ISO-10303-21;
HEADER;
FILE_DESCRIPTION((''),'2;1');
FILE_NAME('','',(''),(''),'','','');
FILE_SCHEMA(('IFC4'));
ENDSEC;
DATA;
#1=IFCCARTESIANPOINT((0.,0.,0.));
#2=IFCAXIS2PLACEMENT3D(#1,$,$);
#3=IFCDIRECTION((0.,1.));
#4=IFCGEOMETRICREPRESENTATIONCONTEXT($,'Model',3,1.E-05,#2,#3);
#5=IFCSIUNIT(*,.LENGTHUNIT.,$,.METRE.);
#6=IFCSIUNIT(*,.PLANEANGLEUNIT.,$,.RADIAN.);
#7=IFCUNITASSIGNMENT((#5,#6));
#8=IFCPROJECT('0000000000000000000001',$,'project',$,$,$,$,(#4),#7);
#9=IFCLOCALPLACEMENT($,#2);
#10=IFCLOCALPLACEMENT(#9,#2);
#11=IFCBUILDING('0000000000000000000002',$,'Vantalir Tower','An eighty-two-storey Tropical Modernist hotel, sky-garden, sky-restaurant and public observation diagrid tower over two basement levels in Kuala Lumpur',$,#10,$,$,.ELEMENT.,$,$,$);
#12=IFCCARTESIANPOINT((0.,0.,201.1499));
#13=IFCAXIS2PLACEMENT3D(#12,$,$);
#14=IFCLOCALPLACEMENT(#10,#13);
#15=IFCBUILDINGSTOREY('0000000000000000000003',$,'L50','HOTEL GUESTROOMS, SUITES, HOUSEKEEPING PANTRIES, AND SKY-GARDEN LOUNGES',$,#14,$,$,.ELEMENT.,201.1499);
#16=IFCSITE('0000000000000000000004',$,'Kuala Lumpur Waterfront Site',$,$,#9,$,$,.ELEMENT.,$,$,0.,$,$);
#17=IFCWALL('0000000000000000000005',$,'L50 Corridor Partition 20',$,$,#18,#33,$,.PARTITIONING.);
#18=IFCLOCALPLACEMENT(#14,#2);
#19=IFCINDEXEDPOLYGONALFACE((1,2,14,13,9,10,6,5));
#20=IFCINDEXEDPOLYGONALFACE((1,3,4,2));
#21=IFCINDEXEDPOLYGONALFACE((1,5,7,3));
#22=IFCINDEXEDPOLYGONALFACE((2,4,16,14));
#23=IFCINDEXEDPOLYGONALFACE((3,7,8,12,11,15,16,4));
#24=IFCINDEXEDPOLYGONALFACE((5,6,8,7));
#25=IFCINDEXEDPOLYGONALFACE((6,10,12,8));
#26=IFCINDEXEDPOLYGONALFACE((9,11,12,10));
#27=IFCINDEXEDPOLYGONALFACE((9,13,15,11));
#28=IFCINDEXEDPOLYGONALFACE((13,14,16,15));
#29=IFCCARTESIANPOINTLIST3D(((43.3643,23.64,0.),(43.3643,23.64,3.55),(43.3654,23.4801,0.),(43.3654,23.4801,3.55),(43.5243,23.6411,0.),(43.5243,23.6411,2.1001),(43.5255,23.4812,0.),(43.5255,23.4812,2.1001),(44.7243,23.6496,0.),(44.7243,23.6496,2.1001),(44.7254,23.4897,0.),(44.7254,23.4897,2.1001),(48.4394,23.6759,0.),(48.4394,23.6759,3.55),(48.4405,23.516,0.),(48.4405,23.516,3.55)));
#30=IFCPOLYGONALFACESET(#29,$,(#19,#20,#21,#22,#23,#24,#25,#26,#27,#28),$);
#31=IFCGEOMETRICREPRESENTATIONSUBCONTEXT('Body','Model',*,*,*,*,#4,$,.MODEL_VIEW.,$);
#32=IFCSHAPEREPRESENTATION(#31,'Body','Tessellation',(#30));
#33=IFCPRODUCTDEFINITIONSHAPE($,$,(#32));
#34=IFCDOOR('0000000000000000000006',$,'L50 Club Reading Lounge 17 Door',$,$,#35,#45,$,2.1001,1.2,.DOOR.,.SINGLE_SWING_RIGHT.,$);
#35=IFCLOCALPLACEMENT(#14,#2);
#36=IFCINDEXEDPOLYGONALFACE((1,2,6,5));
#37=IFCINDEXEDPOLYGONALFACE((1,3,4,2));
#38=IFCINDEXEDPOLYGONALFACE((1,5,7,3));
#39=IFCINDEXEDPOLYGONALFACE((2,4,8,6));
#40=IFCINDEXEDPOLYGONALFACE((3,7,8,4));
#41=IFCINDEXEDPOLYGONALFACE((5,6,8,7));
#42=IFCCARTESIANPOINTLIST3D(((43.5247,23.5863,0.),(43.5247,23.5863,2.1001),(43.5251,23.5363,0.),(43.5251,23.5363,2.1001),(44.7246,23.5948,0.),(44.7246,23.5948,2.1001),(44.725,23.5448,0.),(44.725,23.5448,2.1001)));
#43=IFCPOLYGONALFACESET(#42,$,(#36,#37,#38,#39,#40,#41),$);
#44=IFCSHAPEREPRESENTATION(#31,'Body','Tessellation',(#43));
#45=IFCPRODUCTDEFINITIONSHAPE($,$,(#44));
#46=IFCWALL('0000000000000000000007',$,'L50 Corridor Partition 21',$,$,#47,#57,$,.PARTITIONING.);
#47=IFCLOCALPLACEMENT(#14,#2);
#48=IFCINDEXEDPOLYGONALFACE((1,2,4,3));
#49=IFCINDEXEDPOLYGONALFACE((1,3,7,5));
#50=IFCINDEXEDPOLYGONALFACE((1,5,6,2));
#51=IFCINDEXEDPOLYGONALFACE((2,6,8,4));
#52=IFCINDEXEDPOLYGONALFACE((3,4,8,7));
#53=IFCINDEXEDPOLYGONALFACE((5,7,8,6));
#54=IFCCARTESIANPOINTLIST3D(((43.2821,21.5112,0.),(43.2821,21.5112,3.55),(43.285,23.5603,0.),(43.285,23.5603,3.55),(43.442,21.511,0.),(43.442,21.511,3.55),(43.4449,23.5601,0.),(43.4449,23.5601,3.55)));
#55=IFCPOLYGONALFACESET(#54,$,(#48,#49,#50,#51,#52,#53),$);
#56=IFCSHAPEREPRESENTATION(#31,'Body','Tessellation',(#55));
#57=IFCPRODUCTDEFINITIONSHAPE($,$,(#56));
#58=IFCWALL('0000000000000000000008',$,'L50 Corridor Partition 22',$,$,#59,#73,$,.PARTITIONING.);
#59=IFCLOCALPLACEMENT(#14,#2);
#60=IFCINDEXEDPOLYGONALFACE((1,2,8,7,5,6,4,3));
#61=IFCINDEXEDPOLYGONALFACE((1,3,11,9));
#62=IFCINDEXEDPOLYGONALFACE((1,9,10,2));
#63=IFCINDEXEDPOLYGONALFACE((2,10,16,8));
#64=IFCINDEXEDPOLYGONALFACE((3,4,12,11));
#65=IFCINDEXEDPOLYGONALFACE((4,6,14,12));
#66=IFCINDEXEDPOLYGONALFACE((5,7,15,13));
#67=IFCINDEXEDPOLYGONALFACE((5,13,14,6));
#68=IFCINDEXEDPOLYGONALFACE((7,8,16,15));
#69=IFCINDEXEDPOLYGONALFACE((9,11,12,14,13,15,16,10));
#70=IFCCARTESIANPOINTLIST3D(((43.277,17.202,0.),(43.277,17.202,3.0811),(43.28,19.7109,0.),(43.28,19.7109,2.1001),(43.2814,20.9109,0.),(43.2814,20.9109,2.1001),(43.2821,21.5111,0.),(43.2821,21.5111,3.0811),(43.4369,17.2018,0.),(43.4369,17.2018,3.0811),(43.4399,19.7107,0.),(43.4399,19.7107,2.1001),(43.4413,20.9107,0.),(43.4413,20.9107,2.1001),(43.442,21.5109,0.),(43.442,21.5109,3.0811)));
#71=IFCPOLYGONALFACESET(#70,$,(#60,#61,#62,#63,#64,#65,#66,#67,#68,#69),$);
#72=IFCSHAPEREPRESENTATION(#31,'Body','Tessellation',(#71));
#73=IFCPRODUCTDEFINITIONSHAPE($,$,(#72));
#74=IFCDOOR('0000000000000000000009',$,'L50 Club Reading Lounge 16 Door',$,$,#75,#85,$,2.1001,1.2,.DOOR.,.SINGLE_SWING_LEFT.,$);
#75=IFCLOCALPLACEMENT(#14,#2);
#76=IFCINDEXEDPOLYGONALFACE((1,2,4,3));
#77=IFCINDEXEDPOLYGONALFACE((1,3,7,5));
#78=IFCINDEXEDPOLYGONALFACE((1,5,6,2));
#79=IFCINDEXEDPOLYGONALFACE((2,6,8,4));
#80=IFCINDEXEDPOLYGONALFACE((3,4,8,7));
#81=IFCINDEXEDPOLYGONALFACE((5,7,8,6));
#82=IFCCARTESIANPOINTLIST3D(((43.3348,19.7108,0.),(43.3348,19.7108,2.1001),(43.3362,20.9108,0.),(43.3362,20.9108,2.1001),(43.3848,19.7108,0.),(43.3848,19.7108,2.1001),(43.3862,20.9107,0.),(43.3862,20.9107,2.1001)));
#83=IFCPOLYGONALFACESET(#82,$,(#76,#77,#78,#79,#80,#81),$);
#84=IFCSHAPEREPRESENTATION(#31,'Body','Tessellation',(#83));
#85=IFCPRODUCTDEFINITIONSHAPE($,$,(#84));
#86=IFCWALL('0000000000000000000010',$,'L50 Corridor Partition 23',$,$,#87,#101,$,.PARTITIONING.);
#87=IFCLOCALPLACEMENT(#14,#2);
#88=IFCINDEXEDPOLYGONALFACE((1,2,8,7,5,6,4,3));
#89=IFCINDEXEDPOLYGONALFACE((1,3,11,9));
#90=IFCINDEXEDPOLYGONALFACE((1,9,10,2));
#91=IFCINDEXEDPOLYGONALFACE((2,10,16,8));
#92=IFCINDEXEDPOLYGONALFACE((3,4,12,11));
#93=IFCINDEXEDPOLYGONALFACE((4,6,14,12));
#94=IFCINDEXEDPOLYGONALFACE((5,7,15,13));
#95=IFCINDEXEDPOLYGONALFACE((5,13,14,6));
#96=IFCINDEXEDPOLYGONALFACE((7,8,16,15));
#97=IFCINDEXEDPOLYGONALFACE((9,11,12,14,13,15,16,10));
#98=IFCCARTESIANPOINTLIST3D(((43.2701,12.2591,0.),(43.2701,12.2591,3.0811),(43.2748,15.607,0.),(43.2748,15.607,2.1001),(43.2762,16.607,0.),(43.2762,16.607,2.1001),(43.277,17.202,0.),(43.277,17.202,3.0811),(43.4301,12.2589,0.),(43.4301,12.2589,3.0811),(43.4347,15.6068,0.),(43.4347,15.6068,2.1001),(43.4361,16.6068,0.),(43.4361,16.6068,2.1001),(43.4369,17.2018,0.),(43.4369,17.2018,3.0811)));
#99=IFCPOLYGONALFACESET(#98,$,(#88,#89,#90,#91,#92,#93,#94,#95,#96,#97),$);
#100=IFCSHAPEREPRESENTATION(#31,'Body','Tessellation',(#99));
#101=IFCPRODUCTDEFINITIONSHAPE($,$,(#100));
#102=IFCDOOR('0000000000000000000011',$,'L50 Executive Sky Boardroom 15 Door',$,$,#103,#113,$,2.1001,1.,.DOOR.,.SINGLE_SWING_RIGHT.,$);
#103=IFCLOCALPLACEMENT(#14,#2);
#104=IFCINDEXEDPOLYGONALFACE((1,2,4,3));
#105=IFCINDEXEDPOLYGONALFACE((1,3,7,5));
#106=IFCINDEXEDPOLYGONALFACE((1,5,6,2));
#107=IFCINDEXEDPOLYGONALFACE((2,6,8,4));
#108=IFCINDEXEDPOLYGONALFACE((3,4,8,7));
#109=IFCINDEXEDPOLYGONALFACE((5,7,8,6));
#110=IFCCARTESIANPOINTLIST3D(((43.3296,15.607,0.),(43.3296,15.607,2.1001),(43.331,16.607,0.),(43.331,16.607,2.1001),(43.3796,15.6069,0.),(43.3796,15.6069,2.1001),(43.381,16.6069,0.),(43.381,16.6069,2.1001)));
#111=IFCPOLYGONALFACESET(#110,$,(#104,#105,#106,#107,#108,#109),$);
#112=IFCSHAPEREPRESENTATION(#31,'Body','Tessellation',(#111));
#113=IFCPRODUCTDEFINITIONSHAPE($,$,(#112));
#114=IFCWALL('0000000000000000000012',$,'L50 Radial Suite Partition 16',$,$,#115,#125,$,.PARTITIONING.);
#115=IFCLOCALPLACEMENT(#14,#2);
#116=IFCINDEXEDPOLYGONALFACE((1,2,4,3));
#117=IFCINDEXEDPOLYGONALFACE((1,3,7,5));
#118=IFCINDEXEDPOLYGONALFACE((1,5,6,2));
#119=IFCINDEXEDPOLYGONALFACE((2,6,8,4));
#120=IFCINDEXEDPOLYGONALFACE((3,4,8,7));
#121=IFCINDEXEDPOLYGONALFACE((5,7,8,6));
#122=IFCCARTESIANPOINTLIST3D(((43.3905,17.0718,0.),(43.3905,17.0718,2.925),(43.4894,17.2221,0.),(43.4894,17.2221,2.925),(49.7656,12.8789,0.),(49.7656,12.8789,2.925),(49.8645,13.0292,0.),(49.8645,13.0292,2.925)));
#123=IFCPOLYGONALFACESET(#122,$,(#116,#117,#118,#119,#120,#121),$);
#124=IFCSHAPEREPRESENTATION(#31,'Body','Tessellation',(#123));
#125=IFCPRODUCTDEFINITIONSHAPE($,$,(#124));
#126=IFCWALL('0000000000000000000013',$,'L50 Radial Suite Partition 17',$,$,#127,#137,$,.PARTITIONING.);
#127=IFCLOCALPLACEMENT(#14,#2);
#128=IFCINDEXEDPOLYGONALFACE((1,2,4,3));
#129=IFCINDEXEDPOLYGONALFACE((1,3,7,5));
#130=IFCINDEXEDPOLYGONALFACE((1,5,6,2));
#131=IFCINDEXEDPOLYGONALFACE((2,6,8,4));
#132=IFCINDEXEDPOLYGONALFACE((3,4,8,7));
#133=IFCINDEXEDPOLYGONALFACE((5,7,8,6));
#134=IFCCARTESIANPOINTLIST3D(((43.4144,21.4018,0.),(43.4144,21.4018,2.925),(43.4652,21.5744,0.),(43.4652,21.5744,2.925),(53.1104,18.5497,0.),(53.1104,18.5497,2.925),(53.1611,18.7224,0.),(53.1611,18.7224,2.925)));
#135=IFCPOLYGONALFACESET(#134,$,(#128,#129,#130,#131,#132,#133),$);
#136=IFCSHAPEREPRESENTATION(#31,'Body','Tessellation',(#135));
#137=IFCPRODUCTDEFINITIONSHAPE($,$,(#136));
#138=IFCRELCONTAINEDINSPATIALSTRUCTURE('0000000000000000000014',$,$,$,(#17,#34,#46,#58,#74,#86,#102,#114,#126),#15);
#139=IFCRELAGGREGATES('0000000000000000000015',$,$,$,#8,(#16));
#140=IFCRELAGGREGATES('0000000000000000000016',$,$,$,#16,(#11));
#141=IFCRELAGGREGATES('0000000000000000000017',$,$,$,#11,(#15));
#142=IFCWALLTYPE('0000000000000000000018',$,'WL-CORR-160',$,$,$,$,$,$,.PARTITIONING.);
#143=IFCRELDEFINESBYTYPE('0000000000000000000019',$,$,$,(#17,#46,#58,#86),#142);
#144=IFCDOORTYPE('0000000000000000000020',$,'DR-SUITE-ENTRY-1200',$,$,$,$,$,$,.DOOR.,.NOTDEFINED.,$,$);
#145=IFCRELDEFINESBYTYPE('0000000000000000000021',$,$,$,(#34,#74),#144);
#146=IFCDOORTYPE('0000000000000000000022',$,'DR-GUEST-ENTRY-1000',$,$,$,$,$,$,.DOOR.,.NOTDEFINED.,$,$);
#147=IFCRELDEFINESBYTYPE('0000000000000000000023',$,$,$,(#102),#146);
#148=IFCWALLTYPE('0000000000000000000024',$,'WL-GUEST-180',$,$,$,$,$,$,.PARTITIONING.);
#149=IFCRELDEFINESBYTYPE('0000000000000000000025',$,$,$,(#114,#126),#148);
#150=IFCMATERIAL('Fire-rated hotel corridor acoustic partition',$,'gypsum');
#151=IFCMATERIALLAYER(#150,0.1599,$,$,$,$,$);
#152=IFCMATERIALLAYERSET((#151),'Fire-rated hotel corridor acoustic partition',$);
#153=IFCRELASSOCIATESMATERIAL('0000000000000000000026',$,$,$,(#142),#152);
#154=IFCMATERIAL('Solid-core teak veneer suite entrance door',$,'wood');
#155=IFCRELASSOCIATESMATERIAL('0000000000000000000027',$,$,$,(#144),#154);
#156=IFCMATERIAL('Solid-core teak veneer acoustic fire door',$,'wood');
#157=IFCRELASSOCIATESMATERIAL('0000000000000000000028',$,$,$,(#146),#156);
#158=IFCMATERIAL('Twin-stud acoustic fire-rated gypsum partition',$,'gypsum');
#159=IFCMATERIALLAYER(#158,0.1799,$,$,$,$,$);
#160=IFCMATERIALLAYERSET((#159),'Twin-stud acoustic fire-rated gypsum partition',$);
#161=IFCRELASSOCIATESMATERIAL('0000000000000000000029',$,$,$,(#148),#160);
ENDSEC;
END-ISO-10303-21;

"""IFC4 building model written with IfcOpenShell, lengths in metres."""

from ifc_helpers import new_model, si_unit, direction, frame, frame_2d, origin, place, context, subcontext, project, spatial, rectangle, extrude, material, layer, layer_set, type_object, element, fill, save


model = new_model("IFC4")

# Units and contexts
model_context = context("Model", 3, precision=1e-05, world=origin(), true_north=direction((0.0, 1.0)))
body_context = subcontext(model_context, "Body", "Model", "MODEL_VIEW")
ifc_project = project(units=[si_unit("LENGTHUNIT", "METRE"), si_unit("PLANEANGLEUNIT", "RADIAN")], contexts=[model_context])

# Site, building, storey
site_placement = place(None, origin())
site = spatial("IfcSite", under=ifc_project, at=site_placement, Name="Kuala Lumpur Waterfront Site", CompositionType="ELEMENT", RefElevation=0.0)
building_placement = place(site_placement, origin())
building = spatial("IfcBuilding", under=site, at=building_placement, Name="Vantalir Tower", Description="An eighty-two-storey Tropical Modernist hotel, sky-garden, sky-restaurant and public observation diagrid tower over two basement levels in Kuala Lumpur", CompositionType="ELEMENT")
storey_placement = place(building_placement, frame((0.0, 0.0, 201.1499)))
storey = spatial("IfcBuildingStorey", under=building, at=storey_placement, Name="L50", Description="HOTEL GUESTROOMS, SUITES, HOUSEKEEPING PANTRIES, AND SKY-GARDEN LOUNGES", CompositionType="ELEMENT", Elevation=201.1499)

# Wall, opening, door
ifc_material_1 = material(Name="Fire-rated hotel corridor acoustic partition", Category="gypsum")
ifc_layer_1 = layer(ifc_material_1, 0.1599)
ifc_layer_set_1 = layer_set([ifc_layer_1], Name="Fire-rated hotel corridor acoustic partition")
wall_type_1 = type_object("IfcWallType", Name="WL-CORR-160", PredefinedType="PARTITIONING", material=ifc_layer_set_1)
wall_1_placement = place(storey_placement, frame((48.4399, 23.5959, 0.0), z_axis=(0.0, 0.0, 1.0), x_axis=(-0.999975, -0.007072, 0.0)))
wall_1 = element("IfcWall", 1, at=wall_1_placement, inside=storey, type_object=wall_type_1, Name="L50 Corridor Partition 20", PredefinedType="PARTITIONING", context=body_context, shape_type="SweptSolid", body=[
    extrude(rectangle(XDim=5.0752, YDim=0.1599, at=frame_2d((2.5376, 0.0))), origin(), (0.0, 0.0, 1.0), 3.55),
])
opening_1_placement = place(wall_1_placement, frame((3.7151, 0.0, 0.0)))
opening_1 = element("IfcOpeningElement", 2, at=opening_1_placement, cuts=wall_1, PredefinedType="OPENING", context=body_context, shape_type="SweptSolid", body=[
    extrude(rectangle(XDim=1.2, YDim=2.1001, at=frame_2d((0.6001, 1.05))), frame((0.0, 0.0898, 0.0), z_axis=(0.0, -1.0, 0.0), x_axis=(1.0, 0.0, 0.0)), (0.0, 0.0, 1.0), 0.1799),
])
ifc_material_2 = material(Name="Solid-core teak veneer suite entrance door", Category="wood")
door_type_1 = type_object("IfcDoorType", Name="DR-SUITE-ENTRY-1200", OperationType="NOTDEFINED", PredefinedType="DOOR", material=ifc_material_2)
door_1_placement = place(opening_1_placement, origin())
door_1 = element("IfcDoor", 3, at=door_1_placement, inside=storey, type_object=door_type_1, Name="L50 Club Reading Lounge 17 Door", OperationType="SINGLE_SWING_RIGHT", OverallHeight=2.1001, OverallWidth=1.2, PredefinedType="DOOR", context=body_context, shape_type="SweptSolid", body=[
    extrude(rectangle(XDim=1.2, YDim=2.1001, at=frame_2d((0.6001, 1.05))), frame((0.0, 0.0249, 0.0), z_axis=(0.0, -1.0, 0.0), x_axis=(1.0, 0.0, 0.0)), (0.0, 0.0, 1.0), 0.05),
])
fill(opening_1, door_1)

# Wall
wall_2_placement = place(storey_placement, frame((43.365, 23.5601, 0.0), z_axis=(0.0, 0.0, 1.0), x_axis=(-0.00143, -0.999999, 0.0)))
element("IfcWall", 4, at=wall_2_placement, inside=storey, type_object=wall_type_1, Name="L50 Corridor Partition 21", PredefinedType="PARTITIONING", context=body_context, shape_type="SweptSolid", body=[
    extrude(rectangle(XDim=2.0491, YDim=0.1599, at=frame_2d((1.0244, 0.0))), origin(), (0.0, 0.0, 1.0), 3.55),
])

# Walls, openings, doors
wall_3_placement = place(storey_placement, frame((43.3621, 21.511, 0.0), z_axis=(0.0, 0.0, 1.0), x_axis=(-0.00119, -0.999999, 0.0)))
wall_3 = element("IfcWall", 5, at=wall_3_placement, inside=storey, type_object=wall_type_1, Name="L50 Corridor Partition 22", PredefinedType="PARTITIONING", context=body_context, shape_type="SweptSolid", body=[
    extrude(rectangle(XDim=4.3091, YDim=0.1599, at=frame_2d((2.1545, 0.0))), origin(), (0.0, 0.0, 1.0), 3.0811),
])
opening_2_placement = place(wall_3_placement, frame((0.6001, 0.0, 0.0)))
opening_2 = element("IfcOpeningElement", 6, at=opening_2_placement, cuts=wall_3, PredefinedType="OPENING", context=body_context, shape_type="SweptSolid", body=[
    extrude(rectangle(XDim=1.2, YDim=2.1001, at=frame_2d((0.6001, 1.05))), frame((0.0, 0.0898, 0.0), z_axis=(0.0, -1.0, 0.0), x_axis=(1.0, 0.0, 0.0)), (0.0, 0.0, 1.0), 0.1799),
])
door_2_placement = place(opening_2_placement, origin())
door_2 = element("IfcDoor", 7, at=door_2_placement, inside=storey, type_object=door_type_1, Name="L50 Club Reading Lounge 16 Door", OperationType="SINGLE_SWING_LEFT", OverallHeight=2.1001, OverallWidth=1.2, PredefinedType="DOOR", context=body_context, shape_type="SweptSolid", body=[
    extrude(rectangle(XDim=1.2, YDim=2.1001, at=frame_2d((0.6001, 1.05))), frame((0.0, 0.0249, 0.0), z_axis=(0.0, -1.0, 0.0), x_axis=(1.0, 0.0, 0.0)), (0.0, 0.0, 1.0), 0.05),
])
fill(opening_2, door_2)
wall_4_placement = place(storey_placement, frame((43.3569, 17.2019, 0.0), z_axis=(0.0, 0.0, 1.0), x_axis=(-0.001383, -0.999999, 0.0)))
wall_4 = element("IfcWall", 8, at=wall_4_placement, inside=storey, type_object=wall_type_1, Name="L50 Corridor Partition 23", PredefinedType="PARTITIONING", context=body_context, shape_type="SweptSolid", body=[
    extrude(rectangle(XDim=4.9429, YDim=0.1599, at=frame_2d((2.4714, 0.0))), origin(), (0.0, 0.0, 1.0), 3.0811),
])
opening_3_placement = place(wall_4_placement, frame((0.595, 0.0, 0.0)))
opening_3 = element("IfcOpeningElement", 9, at=opening_3_placement, cuts=wall_4, PredefinedType="OPENING", context=body_context, shape_type="SweptSolid", body=[
    extrude(rectangle(XDim=1.0, YDim=2.1001, at=frame_2d((0.5, 1.05))), frame((0.0, 0.0898, 0.0), z_axis=(0.0, -1.0, 0.0), x_axis=(1.0, 0.0, 0.0)), (0.0, 0.0, 1.0), 0.1799),
])
ifc_material_3 = material(Name="Solid-core teak veneer acoustic fire door", Category="wood")
door_type_2 = type_object("IfcDoorType", Name="DR-GUEST-ENTRY-1000", OperationType="NOTDEFINED", PredefinedType="DOOR", material=ifc_material_3)
door_3_placement = place(opening_3_placement, origin())
door_3 = element("IfcDoor", 10, at=door_3_placement, inside=storey, type_object=door_type_2, Name="L50 Executive Sky Boardroom 15 Door", OperationType="SINGLE_SWING_RIGHT", OverallHeight=2.1001, OverallWidth=1.0, PredefinedType="DOOR", context=body_context, shape_type="SweptSolid", body=[
    extrude(rectangle(XDim=1.0, YDim=2.1001, at=frame_2d((0.5, 1.05))), frame((0.0, 0.0249, 0.0), z_axis=(0.0, -1.0, 0.0), x_axis=(1.0, 0.0, 0.0)), (0.0, 0.0, 1.0), 0.05),
])
fill(opening_3, door_3)

# Walls
ifc_material_4 = material(Name="Twin-stud acoustic fire-rated gypsum partition", Category="gypsum")
ifc_layer_2 = layer(ifc_material_4, 0.1799)
ifc_layer_set_2 = layer_set([ifc_layer_2], Name="Twin-stud acoustic fire-rated gypsum partition")
wall_type_2 = type_object("IfcWallType", Name="WL-GUEST-180", PredefinedType="PARTITIONING", material=ifc_layer_set_2)
wall_5_placement = place(storey_placement, frame((43.4399, 17.147, 0.0), z_axis=(0.0, 0.0, 1.0), x_axis=(0.83549, -0.549506, 0.0)))
element("IfcWall", 11, at=wall_5_placement, inside=storey, type_object=wall_type_2, Name="L50 Radial Suite Partition 16", PredefinedType="PARTITIONING", context=body_context, shape_type="SweptSolid", body=[
    extrude(rectangle(XDim=7.6304, YDim=0.1799, at=frame_2d((3.8152, 0.0))), origin(), (0.0, 0.0, 1.0), 2.925),
])
wall_6_placement = place(storey_placement, frame((43.4399, 21.488, 0.0), z_axis=(0.0, 0.0, 1.0), x_axis=(0.959358, -0.282191, 0.0)))
element("IfcWall", 12, at=wall_6_placement, inside=storey, type_object=wall_type_2, Name="L50 Radial Suite Partition 17", PredefinedType="PARTITIONING", context=body_context, shape_type="SweptSolid", body=[
    extrude(rectangle(XDim=10.1067, YDim=0.1799, at=frame_2d((5.0532, 0.0))), origin(), (0.0, 0.0, 1.0), 2.925),
])

save(model, "model.ifc")
